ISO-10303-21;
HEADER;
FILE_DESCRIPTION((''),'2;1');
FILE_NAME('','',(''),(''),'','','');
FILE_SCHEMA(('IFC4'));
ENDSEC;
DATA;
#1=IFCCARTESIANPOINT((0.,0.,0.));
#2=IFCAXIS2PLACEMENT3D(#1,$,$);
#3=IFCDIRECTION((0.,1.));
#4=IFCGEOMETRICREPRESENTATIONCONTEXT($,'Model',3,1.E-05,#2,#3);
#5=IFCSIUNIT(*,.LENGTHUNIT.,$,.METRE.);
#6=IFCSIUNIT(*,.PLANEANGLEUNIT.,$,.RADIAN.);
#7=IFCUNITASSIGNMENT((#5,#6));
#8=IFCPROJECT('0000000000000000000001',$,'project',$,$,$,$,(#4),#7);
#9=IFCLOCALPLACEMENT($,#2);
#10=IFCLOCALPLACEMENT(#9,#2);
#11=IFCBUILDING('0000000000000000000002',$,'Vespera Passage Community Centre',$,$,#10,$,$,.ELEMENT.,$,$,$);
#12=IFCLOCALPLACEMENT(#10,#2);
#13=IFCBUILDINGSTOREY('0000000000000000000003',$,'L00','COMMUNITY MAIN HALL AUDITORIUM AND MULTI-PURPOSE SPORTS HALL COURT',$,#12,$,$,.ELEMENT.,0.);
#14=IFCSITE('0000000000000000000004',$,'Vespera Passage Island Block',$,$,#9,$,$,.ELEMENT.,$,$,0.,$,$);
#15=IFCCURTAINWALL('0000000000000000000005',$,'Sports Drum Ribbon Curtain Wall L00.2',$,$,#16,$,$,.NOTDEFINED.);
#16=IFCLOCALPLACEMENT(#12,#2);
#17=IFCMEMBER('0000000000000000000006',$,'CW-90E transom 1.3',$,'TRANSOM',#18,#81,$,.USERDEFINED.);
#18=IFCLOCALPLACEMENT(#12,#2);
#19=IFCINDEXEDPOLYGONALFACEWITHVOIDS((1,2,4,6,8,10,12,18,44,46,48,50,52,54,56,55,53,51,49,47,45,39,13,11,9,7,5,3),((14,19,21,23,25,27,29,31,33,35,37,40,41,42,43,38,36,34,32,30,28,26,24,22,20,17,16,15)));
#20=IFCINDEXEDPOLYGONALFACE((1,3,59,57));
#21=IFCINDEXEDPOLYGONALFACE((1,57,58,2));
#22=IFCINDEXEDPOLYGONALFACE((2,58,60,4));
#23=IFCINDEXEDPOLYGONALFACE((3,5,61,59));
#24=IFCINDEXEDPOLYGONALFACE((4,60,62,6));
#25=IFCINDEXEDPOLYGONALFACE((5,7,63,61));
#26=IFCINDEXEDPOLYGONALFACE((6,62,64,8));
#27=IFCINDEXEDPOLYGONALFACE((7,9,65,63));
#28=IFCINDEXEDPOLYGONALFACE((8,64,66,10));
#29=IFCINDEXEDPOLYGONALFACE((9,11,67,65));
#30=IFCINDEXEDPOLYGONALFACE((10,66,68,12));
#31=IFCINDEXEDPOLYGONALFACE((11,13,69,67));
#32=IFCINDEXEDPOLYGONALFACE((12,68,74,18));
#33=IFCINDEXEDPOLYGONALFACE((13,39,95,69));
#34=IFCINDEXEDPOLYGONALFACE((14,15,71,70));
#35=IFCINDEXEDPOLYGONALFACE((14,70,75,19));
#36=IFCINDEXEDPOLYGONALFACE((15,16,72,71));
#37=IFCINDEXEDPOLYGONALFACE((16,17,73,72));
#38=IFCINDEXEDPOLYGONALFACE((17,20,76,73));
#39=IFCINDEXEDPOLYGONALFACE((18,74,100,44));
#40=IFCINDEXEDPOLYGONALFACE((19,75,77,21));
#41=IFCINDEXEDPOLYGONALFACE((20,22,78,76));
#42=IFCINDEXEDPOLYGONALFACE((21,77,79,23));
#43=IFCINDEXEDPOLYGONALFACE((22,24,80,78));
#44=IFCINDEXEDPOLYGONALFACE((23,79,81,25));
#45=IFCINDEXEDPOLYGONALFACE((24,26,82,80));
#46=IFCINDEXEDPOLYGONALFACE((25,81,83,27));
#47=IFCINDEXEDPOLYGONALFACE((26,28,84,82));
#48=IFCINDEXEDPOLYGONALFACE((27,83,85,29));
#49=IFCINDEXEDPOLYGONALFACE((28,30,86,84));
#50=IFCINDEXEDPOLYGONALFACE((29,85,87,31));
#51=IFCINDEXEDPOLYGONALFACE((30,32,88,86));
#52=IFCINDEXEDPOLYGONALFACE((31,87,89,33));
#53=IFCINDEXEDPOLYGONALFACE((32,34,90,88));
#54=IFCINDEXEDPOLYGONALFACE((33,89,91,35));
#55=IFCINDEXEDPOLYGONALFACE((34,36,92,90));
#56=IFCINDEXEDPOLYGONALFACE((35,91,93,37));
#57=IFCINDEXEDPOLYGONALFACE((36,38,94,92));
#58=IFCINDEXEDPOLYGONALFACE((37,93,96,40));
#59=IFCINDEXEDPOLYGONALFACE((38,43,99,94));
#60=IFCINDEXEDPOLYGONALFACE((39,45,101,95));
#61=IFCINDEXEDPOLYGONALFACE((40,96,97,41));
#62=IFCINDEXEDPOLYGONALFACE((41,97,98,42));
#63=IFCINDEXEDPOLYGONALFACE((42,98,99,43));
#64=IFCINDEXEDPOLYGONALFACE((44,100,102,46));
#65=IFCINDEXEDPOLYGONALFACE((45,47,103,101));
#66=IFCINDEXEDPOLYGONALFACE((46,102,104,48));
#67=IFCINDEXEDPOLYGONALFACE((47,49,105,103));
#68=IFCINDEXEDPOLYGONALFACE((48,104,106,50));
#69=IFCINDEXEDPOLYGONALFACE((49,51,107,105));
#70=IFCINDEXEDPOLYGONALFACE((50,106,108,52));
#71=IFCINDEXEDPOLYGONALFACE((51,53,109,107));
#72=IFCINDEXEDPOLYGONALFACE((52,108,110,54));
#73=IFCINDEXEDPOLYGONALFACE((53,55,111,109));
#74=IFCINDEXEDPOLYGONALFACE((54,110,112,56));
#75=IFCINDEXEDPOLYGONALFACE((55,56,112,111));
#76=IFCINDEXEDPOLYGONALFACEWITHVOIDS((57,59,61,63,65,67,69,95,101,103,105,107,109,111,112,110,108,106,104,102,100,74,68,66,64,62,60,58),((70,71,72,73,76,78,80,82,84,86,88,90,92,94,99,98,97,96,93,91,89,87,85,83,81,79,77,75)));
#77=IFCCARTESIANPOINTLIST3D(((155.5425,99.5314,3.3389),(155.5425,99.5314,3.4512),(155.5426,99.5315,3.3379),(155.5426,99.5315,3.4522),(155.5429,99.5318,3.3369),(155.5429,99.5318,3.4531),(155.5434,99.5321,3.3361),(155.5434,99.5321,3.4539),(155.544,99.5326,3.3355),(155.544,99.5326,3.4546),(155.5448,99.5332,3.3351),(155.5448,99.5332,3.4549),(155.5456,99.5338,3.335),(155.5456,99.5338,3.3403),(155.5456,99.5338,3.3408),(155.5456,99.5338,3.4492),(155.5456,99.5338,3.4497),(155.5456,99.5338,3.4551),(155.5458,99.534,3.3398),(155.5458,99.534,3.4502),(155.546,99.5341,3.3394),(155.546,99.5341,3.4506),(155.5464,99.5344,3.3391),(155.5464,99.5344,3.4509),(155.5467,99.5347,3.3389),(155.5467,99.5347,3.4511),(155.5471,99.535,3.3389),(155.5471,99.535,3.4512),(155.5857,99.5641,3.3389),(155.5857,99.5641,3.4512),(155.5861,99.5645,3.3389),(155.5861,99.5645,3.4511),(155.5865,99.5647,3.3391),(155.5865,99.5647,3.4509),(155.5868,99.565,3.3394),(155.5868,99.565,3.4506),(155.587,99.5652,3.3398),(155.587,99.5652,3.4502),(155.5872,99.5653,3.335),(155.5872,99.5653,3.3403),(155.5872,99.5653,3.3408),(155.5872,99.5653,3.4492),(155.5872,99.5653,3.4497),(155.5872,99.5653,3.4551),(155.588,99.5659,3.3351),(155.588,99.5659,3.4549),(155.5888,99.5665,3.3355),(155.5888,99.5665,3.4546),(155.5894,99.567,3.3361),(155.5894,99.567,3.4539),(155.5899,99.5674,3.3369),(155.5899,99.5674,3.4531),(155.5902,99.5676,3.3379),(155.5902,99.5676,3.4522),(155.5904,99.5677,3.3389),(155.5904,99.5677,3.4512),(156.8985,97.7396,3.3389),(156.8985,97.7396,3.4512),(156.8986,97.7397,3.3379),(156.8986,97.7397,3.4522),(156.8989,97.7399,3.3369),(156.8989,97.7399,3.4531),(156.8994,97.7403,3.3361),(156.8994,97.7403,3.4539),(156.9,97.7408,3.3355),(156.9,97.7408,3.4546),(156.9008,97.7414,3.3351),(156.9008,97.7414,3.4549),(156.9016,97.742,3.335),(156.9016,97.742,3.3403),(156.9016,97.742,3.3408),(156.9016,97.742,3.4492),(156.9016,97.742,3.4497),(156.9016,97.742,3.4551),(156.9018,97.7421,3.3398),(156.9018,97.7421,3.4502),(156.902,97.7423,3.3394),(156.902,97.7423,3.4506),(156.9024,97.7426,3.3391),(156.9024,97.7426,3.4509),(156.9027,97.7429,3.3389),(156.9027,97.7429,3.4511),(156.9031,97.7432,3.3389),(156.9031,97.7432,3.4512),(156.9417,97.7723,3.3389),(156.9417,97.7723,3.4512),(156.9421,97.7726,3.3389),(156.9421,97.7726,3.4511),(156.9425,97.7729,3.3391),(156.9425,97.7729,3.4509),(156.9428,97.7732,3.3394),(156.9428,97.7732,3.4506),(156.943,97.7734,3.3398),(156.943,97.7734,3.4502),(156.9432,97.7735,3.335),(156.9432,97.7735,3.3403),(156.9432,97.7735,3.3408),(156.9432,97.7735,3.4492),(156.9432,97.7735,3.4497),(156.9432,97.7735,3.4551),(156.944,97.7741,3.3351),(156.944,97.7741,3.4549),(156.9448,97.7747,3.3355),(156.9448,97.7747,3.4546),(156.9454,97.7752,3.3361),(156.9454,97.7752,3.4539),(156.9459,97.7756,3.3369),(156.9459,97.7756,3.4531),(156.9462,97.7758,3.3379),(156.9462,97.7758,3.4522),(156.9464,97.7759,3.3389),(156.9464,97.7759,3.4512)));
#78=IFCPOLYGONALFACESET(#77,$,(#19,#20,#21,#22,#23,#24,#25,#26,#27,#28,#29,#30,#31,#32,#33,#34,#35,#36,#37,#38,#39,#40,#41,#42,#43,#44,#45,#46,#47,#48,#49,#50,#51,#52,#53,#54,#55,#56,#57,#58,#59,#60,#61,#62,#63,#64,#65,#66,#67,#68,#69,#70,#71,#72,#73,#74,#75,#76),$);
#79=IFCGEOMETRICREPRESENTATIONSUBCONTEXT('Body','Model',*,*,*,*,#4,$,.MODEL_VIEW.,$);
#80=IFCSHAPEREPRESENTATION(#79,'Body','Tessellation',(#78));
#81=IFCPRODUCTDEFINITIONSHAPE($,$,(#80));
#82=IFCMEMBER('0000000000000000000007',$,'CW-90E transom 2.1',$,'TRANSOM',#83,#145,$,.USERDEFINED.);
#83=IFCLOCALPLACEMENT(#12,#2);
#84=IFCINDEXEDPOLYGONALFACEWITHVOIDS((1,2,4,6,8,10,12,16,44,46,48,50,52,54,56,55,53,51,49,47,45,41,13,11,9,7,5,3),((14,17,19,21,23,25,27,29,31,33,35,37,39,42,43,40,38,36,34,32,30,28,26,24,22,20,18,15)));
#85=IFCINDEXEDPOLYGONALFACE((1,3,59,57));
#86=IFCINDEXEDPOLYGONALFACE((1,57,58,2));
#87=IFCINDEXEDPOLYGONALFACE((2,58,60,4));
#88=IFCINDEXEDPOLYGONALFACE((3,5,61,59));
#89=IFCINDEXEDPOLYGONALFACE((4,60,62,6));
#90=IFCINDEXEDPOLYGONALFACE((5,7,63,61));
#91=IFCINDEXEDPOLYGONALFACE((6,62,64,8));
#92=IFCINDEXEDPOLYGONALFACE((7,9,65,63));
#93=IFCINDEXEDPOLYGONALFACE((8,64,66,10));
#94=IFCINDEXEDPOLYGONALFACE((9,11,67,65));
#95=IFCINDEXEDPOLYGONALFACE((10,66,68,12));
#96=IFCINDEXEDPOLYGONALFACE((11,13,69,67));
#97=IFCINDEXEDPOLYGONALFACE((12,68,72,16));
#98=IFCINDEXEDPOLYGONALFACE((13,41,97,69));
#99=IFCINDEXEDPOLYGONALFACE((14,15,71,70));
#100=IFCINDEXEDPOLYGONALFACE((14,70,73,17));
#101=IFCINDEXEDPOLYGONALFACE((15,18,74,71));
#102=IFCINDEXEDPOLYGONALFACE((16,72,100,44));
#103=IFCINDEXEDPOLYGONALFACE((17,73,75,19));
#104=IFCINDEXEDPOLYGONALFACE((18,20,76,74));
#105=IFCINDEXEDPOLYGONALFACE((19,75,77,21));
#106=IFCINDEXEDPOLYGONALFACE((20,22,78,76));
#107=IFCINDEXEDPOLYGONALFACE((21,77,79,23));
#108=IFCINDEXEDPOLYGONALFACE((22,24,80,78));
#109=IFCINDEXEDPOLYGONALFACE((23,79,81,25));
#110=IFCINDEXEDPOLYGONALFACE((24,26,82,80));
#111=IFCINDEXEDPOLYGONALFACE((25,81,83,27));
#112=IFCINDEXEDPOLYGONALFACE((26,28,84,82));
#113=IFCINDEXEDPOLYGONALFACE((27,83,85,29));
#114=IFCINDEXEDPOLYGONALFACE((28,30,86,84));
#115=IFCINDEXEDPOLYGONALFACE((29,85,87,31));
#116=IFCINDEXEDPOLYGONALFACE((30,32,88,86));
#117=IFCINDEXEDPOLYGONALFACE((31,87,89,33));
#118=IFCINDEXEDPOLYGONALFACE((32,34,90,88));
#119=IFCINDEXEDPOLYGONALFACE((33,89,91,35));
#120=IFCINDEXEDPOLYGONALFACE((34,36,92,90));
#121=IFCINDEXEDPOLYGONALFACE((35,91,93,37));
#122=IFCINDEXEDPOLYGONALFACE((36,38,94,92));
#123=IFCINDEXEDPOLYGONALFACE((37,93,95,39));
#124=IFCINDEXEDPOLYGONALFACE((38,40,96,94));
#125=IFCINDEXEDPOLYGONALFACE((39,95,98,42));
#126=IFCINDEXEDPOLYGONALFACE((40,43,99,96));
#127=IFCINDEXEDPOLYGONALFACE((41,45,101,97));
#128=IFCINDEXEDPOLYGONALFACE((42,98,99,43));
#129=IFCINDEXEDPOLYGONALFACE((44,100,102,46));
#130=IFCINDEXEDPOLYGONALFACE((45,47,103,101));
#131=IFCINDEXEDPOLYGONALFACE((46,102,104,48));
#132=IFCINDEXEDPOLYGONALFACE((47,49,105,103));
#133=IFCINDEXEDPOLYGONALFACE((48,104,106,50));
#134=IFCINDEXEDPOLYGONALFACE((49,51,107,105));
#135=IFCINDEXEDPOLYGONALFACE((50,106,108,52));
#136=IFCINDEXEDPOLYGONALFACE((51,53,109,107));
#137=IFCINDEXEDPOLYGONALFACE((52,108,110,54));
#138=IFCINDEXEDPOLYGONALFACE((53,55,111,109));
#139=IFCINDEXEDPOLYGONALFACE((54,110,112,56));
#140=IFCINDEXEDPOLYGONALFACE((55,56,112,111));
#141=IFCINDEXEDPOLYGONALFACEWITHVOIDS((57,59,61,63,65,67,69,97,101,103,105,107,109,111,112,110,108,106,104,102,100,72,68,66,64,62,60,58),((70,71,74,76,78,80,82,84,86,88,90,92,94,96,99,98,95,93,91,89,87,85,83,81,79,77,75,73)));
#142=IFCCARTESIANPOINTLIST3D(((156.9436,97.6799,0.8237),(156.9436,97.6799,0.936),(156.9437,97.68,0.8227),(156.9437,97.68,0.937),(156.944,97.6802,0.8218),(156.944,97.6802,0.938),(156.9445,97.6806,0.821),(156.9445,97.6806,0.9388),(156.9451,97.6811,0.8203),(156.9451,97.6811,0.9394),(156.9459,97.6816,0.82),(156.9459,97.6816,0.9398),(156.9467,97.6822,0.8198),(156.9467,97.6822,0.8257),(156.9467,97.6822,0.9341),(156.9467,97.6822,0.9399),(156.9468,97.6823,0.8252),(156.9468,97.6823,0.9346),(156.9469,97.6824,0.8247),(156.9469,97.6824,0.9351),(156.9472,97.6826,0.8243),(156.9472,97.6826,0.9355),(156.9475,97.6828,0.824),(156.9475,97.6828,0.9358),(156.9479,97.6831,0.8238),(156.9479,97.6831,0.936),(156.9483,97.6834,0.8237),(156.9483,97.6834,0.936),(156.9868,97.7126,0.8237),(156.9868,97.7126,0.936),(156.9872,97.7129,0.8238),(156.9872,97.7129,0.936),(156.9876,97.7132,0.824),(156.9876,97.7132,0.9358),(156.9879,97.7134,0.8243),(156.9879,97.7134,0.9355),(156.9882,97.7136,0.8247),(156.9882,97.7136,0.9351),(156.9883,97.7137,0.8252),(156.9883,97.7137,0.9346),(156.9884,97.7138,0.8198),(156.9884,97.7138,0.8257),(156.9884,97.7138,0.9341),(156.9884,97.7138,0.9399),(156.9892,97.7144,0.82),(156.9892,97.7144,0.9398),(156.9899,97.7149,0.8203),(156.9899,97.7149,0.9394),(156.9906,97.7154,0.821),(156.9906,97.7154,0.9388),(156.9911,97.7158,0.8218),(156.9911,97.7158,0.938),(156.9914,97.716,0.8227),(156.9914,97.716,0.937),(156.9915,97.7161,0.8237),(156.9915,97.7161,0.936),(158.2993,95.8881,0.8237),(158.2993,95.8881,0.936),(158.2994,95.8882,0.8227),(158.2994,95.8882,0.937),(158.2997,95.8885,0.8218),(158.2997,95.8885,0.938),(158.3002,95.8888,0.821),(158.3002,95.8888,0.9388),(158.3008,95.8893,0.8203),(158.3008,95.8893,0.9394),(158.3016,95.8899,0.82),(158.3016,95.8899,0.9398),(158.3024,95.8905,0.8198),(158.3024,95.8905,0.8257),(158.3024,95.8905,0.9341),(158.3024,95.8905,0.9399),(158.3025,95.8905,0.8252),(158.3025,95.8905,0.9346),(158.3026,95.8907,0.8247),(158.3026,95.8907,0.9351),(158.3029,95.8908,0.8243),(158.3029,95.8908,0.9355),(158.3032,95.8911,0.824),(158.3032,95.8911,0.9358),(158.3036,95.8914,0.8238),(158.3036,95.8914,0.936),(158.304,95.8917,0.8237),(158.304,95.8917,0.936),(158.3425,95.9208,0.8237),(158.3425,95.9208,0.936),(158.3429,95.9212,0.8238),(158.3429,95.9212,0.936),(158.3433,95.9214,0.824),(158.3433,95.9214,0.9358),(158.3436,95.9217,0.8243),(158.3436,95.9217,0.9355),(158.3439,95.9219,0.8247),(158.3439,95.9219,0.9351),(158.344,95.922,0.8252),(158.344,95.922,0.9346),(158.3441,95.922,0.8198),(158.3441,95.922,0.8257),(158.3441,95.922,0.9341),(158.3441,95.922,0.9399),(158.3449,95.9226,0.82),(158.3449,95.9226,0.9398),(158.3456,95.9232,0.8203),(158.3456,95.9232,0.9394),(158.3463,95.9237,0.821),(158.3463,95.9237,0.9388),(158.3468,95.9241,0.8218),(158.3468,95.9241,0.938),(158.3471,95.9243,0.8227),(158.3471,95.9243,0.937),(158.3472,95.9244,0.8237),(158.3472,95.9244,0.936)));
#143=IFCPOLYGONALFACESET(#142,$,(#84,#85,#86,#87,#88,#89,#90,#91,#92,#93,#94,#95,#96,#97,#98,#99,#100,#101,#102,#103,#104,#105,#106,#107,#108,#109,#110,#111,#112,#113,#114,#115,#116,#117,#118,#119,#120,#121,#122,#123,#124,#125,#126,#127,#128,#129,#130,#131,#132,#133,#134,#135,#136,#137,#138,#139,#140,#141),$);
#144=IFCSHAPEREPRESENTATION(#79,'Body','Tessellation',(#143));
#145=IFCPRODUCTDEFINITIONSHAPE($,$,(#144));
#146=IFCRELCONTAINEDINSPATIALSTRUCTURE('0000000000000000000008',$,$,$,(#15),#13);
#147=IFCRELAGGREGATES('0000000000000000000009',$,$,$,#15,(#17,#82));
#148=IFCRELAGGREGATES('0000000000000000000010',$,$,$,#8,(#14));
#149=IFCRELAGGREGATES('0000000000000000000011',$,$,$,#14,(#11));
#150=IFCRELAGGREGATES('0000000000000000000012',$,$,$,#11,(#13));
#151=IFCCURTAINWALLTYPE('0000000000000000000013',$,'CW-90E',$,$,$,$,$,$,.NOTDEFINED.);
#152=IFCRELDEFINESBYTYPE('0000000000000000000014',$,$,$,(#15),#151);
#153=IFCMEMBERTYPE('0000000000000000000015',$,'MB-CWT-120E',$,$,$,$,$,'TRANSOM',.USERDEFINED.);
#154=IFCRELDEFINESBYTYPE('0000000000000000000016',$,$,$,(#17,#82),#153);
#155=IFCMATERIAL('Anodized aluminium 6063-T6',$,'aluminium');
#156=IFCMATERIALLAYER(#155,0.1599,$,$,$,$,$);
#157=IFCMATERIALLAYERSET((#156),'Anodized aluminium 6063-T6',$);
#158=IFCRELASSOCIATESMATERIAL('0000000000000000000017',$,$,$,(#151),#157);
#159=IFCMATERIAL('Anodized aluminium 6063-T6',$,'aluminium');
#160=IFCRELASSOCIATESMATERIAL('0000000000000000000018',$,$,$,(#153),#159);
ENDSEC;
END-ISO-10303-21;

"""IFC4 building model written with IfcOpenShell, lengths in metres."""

from ifc_helpers import new_model, si_unit, direction, frame, origin, origin_2d, place, context, subcontext, project, spatial, hollow_rectangle, extrude, material, layer, layer_set, material_profile, profile_set, type_object, element, aggregate, save


model = new_model("IFC4")

# Units and contexts
model_context = context("Model", 3, precision=1e-05, world=origin(), true_north=direction((0.0, 1.0)))
body_context = subcontext(model_context, "Body", "Model", "MODEL_VIEW")
ifc_project = project(units=[si_unit("LENGTHUNIT", "METRE"), si_unit("PLANEANGLEUNIT", "RADIAN")], contexts=[model_context])

# Site, building, storey
site_placement = place(None, origin())
site = spatial("IfcSite", under=ifc_project, at=site_placement, Name="Vespera Passage Island Block", CompositionType="ELEMENT", RefElevation=0.0)
building_placement = place(site_placement, origin())
building = spatial("IfcBuilding", under=site, at=building_placement, Name="Vespera Passage Community Centre", CompositionType="ELEMENT")
storey_placement = place(building_placement, origin())
storey = spatial("IfcBuildingStorey", under=building, at=storey_placement, Name="L00", Description="COMMUNITY MAIN HALL AUDITORIUM AND MULTI-PURPOSE SPORTS HALL COURT", CompositionType="ELEMENT", Elevation=0.0)

# Curtain wall
ifc_material_1 = material(Name="Anodized aluminium 6063-T6", Category="aluminium")
ifc_layer_1 = layer(ifc_material_1, 0.1599)
ifc_layer_set_1 = layer_set([ifc_layer_1], Name="Anodized aluminium 6063-T6")
curtain_wall_type_1 = type_object("IfcCurtainWallType", Name="CW-90E", PredefinedType="NOTDEFINED", material=ifc_layer_set_1)
curtain_wall_1_placement = place(storey_placement, origin())
curtain_wall_1 = element("IfcCurtainWall", 1, at=curtain_wall_1_placement, inside=storey, type_object=curtain_wall_type_1, Name="Sports Drum Ribbon Curtain Wall L00.2", PredefinedType="NOTDEFINED")

# Members
ifc_material_2 = material(Name="Anodized aluminium 6063-T6", Category="aluminium")
ifc_material_profile_1 = material_profile(ifc_material_2, hollow_rectangle(XDim=0.0601, YDim=0.1201, WallThickness=0.0039, InnerFilletRadius=0.002, OuterFilletRadius=0.0039, at=origin_2d()), Name="ALU120X60X4")
ifc_profile_set_1 = profile_set([ifc_material_profile_1], Name="Anodized aluminium 6063-T6")
member_type_1 = type_object("IfcMemberType", Name="MB-CWT-120E", ElementType="TRANSOM", PredefinedType="USERDEFINED", material=ifc_profile_set_1)
member_1_placement = place(storey_placement, frame((155.5664, 99.5496, 3.395), z_axis=(0.603454, -0.797398, 0.0), x_axis=(0.797398, 0.603454, 0.0)))
member_1 = element("IfcMember", 2, at=member_1_placement, type_object=member_type_1, Name="CW-90E transom 1.3", ObjectType="TRANSOM", PredefinedType="USERDEFINED", context=body_context, shape_type="SweptSolid", body=[
    extrude(hollow_rectangle(XDim=0.0601, YDim=0.1201, WallThickness=0.0039, InnerFilletRadius=0.002, OuterFilletRadius=0.0039, at=origin_2d()), origin(), (0.0, 0.0, 1.0), 2.2471),
])
member_2_placement = place(storey_placement, frame((156.9675, 97.698, 0.8799), z_axis=(0.603385, -0.79745, 0.0), x_axis=(0.79745, 0.603385, 0.0)))
member_2 = element("IfcMember", 3, at=member_2_placement, type_object=member_type_1, Name="CW-90E transom 2.1", ObjectType="TRANSOM", PredefinedType="USERDEFINED", context=body_context, shape_type="SweptSolid", body=[
    extrude(hollow_rectangle(XDim=0.0601, YDim=0.1201, WallThickness=0.0039, InnerFilletRadius=0.002, OuterFilletRadius=0.0039, at=origin_2d()), origin(), (0.0, 0.0, 1.0), 2.2468),
])

aggregate(curtain_wall_1, [member_1, member_2])

save(model, "model.ifc")
